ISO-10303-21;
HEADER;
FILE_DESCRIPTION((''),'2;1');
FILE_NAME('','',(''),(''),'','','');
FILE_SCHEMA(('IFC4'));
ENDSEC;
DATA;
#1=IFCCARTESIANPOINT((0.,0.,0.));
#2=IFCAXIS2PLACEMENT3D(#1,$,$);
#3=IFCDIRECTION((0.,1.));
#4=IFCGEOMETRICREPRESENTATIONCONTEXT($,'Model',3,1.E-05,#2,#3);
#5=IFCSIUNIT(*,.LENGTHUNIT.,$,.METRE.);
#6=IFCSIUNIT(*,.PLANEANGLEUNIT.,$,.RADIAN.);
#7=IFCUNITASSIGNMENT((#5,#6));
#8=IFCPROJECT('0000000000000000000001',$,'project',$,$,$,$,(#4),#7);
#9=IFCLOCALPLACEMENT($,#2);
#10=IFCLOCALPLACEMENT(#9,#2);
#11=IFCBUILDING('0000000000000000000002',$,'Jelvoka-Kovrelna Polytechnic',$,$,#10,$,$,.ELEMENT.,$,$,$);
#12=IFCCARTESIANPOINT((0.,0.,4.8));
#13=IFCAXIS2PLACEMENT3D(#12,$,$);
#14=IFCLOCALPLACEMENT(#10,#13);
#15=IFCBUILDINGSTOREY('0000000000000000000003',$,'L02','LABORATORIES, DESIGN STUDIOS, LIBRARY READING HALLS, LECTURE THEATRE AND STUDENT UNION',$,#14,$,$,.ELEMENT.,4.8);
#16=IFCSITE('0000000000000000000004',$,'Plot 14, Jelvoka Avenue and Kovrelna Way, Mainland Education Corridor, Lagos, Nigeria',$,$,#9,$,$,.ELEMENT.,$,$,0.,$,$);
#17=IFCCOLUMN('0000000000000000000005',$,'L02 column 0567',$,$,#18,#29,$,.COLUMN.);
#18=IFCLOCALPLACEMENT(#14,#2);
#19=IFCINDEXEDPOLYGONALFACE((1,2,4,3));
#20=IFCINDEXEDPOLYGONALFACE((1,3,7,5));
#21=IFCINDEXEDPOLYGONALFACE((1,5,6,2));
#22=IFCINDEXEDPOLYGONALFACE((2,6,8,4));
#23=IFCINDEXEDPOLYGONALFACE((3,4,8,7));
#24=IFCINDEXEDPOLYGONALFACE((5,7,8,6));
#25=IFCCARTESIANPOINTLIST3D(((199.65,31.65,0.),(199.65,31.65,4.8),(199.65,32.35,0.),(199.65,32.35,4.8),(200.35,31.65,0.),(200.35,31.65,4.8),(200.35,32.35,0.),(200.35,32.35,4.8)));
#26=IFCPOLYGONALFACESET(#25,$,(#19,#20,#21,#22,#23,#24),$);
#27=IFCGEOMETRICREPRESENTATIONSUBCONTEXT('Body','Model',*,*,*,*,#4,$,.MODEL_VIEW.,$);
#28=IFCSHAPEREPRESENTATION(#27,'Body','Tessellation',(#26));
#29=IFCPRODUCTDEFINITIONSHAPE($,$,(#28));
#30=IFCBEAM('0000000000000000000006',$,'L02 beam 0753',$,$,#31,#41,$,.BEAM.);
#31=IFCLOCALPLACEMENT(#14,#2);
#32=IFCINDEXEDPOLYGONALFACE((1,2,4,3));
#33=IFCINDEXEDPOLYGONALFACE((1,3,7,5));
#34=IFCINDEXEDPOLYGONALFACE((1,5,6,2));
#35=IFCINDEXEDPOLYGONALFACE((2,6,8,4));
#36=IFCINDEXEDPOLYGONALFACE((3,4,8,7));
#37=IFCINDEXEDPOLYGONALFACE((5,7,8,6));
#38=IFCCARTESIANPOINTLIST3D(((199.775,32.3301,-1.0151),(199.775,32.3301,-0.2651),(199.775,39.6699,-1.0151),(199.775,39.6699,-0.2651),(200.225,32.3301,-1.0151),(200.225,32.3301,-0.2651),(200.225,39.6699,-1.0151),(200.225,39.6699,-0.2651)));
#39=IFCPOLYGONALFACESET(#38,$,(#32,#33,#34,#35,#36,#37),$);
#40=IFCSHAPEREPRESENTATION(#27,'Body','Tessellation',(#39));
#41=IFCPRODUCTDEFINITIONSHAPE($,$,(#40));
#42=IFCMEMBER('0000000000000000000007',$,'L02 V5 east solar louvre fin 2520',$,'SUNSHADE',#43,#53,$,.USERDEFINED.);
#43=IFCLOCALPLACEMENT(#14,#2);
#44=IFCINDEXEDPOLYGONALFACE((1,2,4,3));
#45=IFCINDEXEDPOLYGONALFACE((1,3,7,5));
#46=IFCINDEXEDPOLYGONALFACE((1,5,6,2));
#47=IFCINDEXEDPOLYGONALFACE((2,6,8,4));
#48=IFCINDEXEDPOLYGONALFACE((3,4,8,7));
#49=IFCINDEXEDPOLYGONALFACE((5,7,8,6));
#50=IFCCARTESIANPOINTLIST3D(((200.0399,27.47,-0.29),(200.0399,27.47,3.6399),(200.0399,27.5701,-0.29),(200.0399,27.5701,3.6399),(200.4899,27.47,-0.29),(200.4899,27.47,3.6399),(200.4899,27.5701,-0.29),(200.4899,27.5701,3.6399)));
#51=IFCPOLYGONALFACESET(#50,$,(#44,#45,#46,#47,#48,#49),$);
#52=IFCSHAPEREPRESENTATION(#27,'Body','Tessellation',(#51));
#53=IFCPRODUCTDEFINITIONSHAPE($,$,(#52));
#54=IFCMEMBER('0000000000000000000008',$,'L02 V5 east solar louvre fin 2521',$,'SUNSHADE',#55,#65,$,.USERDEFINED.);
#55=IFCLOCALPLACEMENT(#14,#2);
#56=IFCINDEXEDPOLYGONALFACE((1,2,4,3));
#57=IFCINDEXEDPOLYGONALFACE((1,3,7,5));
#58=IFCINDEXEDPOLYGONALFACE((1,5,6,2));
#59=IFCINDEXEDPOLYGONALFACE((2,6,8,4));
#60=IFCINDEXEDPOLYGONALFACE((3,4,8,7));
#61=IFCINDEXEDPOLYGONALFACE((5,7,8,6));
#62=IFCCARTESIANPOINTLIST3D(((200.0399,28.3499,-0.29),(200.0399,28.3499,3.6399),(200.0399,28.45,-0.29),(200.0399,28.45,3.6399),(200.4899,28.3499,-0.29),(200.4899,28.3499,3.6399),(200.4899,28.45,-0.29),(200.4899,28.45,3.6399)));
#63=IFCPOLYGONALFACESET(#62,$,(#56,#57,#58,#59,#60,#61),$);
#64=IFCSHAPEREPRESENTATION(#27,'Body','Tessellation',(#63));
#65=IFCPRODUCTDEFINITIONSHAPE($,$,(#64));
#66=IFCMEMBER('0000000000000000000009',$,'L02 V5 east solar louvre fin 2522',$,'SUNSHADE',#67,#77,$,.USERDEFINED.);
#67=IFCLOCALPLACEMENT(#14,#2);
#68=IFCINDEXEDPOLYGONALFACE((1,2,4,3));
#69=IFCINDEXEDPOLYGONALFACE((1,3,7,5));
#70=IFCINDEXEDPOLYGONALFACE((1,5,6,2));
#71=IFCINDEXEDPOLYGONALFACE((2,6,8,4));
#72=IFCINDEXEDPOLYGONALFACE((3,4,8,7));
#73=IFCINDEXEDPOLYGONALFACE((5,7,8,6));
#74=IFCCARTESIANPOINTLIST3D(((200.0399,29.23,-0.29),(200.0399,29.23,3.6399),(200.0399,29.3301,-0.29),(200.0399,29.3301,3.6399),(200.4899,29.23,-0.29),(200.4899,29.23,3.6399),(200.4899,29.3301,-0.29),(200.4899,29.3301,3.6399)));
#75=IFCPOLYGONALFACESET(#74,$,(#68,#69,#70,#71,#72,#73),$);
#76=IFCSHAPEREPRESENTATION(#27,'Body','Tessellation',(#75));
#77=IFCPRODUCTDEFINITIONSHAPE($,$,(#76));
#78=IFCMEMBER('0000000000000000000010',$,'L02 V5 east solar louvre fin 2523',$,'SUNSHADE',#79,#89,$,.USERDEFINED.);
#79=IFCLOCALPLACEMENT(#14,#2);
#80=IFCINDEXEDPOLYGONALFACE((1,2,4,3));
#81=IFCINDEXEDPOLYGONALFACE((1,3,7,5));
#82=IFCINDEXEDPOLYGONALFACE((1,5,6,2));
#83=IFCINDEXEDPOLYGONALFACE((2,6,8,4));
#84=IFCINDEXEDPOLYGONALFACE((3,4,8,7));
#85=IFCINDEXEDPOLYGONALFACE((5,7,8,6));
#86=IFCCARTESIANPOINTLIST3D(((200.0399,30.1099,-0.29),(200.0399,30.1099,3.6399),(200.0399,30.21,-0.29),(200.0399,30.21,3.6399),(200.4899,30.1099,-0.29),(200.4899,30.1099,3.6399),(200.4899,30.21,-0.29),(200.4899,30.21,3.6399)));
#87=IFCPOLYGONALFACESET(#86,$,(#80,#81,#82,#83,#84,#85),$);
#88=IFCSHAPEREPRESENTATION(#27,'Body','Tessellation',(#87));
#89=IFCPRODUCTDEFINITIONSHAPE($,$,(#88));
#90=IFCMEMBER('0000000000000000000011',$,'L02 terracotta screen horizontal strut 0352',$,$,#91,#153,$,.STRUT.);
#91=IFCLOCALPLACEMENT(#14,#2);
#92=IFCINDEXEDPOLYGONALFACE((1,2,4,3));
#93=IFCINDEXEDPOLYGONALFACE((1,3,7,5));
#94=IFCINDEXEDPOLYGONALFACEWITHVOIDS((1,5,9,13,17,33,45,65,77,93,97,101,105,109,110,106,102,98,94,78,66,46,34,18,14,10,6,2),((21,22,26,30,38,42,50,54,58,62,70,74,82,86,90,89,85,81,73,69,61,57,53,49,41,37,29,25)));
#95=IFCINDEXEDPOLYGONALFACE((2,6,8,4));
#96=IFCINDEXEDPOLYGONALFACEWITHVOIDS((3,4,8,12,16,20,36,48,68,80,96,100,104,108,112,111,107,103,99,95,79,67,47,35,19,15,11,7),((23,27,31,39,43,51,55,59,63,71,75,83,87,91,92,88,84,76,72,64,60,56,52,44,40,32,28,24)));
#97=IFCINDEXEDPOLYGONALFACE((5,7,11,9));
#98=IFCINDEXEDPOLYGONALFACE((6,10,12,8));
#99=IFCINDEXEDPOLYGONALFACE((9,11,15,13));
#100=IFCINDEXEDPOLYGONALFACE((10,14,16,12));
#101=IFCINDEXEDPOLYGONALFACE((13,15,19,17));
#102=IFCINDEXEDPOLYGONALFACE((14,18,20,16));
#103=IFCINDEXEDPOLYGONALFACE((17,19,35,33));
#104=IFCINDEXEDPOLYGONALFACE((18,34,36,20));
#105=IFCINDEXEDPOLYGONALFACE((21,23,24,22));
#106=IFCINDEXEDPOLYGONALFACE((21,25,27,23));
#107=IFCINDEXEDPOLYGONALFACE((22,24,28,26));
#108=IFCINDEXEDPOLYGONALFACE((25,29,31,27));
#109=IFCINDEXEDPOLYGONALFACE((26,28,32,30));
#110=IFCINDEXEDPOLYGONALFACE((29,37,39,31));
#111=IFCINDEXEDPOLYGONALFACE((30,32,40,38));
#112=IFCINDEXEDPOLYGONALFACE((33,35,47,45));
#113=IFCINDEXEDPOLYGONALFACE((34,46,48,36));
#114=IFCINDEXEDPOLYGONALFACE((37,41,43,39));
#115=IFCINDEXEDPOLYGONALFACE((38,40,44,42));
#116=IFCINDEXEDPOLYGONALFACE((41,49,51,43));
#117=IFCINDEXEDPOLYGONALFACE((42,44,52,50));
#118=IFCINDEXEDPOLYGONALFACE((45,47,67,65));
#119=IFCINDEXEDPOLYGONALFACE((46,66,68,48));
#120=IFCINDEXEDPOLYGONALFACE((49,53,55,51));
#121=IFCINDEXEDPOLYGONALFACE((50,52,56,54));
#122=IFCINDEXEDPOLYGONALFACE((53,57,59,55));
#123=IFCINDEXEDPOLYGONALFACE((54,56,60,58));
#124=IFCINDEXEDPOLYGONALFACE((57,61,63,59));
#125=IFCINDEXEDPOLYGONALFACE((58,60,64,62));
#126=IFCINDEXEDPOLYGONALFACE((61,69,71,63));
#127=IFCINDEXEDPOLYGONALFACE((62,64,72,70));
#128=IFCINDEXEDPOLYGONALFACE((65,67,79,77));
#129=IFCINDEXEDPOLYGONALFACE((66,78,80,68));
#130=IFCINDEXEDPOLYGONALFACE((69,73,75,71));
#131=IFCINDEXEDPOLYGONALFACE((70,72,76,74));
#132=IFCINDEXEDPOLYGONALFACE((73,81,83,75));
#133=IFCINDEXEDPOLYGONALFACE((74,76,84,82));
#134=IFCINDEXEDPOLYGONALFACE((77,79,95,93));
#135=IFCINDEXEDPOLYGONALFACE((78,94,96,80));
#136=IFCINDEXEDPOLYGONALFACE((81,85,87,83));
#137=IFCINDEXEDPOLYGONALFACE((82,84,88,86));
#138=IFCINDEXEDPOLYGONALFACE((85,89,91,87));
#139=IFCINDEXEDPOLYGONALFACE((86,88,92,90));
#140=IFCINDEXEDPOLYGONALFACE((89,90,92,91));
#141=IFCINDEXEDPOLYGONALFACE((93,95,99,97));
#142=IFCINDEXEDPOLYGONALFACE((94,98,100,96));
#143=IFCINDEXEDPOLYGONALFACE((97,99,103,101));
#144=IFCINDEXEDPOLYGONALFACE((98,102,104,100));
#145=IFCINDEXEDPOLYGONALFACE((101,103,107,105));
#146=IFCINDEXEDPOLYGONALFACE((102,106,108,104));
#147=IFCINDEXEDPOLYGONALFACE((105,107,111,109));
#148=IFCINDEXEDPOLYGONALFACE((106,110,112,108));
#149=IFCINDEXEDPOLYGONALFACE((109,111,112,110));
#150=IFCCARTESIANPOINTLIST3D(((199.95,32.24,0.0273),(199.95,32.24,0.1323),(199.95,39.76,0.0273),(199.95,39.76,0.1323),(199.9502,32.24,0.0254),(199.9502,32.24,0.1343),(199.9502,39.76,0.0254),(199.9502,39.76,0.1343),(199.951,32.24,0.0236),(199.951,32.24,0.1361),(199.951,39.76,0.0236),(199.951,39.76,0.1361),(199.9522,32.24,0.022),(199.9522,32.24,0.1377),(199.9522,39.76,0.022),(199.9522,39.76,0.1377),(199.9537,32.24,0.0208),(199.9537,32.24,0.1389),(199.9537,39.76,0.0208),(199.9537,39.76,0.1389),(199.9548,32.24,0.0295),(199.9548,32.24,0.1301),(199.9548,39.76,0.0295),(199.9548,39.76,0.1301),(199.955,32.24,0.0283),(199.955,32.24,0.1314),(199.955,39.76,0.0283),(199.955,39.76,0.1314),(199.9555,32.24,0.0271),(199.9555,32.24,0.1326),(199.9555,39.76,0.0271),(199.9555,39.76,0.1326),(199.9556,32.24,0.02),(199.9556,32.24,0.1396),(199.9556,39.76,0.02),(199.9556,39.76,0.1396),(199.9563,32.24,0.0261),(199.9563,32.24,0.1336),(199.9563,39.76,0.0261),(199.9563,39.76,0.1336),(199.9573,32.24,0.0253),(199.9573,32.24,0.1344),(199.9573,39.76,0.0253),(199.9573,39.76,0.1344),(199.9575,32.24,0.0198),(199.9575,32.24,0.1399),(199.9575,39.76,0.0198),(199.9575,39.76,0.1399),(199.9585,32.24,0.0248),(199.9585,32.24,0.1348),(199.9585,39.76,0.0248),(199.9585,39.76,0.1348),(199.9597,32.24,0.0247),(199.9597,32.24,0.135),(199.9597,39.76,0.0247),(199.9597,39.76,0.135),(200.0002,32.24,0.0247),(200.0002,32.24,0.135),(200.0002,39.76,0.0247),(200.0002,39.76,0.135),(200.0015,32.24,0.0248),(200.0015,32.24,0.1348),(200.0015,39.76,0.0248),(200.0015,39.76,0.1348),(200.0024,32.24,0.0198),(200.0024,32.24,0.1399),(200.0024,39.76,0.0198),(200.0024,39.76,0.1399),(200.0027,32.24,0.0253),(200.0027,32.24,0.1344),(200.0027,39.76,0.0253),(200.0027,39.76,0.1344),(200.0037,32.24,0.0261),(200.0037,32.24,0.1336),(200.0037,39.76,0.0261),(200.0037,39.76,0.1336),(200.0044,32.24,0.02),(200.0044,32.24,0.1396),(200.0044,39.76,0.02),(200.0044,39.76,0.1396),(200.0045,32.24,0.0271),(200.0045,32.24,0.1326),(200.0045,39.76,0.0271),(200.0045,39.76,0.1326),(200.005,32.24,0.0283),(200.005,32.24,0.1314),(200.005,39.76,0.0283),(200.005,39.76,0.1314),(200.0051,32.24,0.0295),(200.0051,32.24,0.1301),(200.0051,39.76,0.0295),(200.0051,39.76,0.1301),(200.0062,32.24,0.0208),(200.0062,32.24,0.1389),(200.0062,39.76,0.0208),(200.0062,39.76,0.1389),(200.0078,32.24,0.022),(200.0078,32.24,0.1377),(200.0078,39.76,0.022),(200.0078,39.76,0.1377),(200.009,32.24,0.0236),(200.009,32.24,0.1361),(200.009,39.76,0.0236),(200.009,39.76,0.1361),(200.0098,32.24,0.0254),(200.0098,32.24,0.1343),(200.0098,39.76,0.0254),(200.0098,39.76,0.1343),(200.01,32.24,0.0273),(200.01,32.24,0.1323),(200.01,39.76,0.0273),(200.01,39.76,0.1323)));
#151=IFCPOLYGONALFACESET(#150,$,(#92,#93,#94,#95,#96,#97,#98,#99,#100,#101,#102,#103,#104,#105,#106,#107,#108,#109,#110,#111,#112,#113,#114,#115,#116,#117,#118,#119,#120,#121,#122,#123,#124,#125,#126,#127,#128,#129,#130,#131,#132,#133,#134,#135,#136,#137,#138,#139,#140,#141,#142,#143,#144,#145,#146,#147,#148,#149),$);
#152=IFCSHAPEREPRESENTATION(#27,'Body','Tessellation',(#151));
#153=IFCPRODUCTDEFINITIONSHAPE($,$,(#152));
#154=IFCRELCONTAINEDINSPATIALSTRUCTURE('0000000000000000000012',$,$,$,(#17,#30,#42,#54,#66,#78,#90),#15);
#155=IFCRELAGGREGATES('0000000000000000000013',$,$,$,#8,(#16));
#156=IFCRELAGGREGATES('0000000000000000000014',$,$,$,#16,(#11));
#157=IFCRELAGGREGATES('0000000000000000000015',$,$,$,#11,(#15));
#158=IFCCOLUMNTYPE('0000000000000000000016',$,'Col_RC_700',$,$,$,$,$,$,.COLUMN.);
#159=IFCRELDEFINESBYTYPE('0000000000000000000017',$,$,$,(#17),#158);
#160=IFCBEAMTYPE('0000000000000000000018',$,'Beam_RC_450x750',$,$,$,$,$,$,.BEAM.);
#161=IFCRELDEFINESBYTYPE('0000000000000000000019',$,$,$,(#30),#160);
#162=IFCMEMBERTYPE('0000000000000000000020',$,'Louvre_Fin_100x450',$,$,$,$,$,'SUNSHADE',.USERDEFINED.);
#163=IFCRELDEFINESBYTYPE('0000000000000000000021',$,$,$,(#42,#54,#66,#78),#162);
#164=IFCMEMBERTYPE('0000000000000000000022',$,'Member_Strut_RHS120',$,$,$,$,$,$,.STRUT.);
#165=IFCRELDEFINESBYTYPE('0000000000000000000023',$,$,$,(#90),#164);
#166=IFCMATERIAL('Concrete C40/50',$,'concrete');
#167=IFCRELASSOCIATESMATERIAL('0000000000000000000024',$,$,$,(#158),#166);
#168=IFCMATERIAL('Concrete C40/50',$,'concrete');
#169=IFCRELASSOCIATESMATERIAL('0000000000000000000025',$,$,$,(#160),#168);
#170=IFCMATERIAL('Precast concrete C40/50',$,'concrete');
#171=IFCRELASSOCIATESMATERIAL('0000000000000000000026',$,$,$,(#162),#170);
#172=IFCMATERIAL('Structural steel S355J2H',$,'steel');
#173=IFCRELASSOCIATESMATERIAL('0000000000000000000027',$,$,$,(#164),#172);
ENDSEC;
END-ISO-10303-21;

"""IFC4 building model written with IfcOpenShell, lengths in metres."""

from ifc_helpers import new_model, si_unit, direction, frame, origin, origin_2d, place, context, subcontext, project, spatial, rectangle, hollow_rectangle, extrude, material, material_profile, profile_set, type_object, element, save


model = new_model("IFC4")

# Units and contexts
model_context = context("Model", 3, precision=1e-05, world=origin(), true_north=direction((0.0, 1.0)))
body_context = subcontext(model_context, "Body", "Model", "MODEL_VIEW")
ifc_project = project(units=[si_unit("LENGTHUNIT", "METRE"), si_unit("PLANEANGLEUNIT", "RADIAN")], contexts=[model_context])

# Site, building, storey
site_placement = place(None, origin())
site = spatial("IfcSite", under=ifc_project, at=site_placement, Name="Plot 14, Jelvoka Avenue and Kovrelna Way, Mainland Education Corridor, Lagos, Nigeria", CompositionType="ELEMENT", RefElevation=0.0)
building_placement = place(site_placement, origin())
building = spatial("IfcBuilding", under=site, at=building_placement, Name="Jelvoka-Kovrelna Polytechnic", CompositionType="ELEMENT")
storey_placement = place(building_placement, frame((0.0, 0.0, 4.8)))
storey = spatial("IfcBuildingStorey", under=building, at=storey_placement, Name="L02", Description="LABORATORIES, DESIGN STUDIOS, LIBRARY READING HALLS, LECTURE THEATRE AND STUDENT UNION", CompositionType="ELEMENT", Elevation=4.8)

# Column
ifc_material_1 = material(Name="Concrete C40/50", Category="concrete")
ifc_material_profile_1 = material_profile(ifc_material_1, rectangle(XDim=0.7, YDim=0.7, at=origin_2d()), Name="RC 700x700")
ifc_profile_set_1 = profile_set([ifc_material_profile_1], Name="Concrete C40/50")
column_type = type_object("IfcColumnType", Name="Col_RC_700", PredefinedType="COLUMN", material=ifc_profile_set_1)
column_placement = place(storey_placement, frame((200.0, 32.0, 0.0), z_axis=(0.0, 0.0, 1.0), x_axis=(1.0, 0.0, 0.0)))
element("IfcColumn", 1, at=column_placement, inside=storey, type_object=column_type, Name="L02 column 0567", PredefinedType="COLUMN", context=body_context, shape_type="SweptSolid", body=[
    extrude(rectangle(XDim=0.7, YDim=0.7, at=origin_2d()), origin(), (0.0, 0.0, 1.0), 4.8),
])

# Beam
ifc_material_2 = material(Name="Concrete C40/50", Category="concrete")
ifc_material_profile_2 = material_profile(ifc_material_2, rectangle(XDim=0.45, YDim=0.75, at=origin_2d()), Name="RC 450x750")
ifc_profile_set_2 = profile_set([ifc_material_profile_2], Name="Concrete C40/50")
beam_type = type_object("IfcBeamType", Name="Beam_RC_450x750", PredefinedType="BEAM", material=ifc_profile_set_2)
beam_placement = place(storey_placement, frame((200.0, 32.3301, -0.6401), z_axis=(0.0, 1.0, 0.0), x_axis=(-1.0, 0.0, 0.0)))
element("IfcBeam", 2, at=beam_placement, inside=storey, type_object=beam_type, Name="L02 beam 0753", PredefinedType="BEAM", context=body_context, shape_type="SweptSolid", body=[
    extrude(rectangle(XDim=0.45, YDim=0.75, at=origin_2d()), origin(), (0.0, 0.0, 1.0), 7.3398),
])

# Members
ifc_material_3 = material(Name="Precast concrete C40/50", Category="concrete")
ifc_material_profile_3 = material_profile(ifc_material_3, rectangle(XDim=0.1001, YDim=0.45, at=origin_2d()), Name="PC 100x450")
ifc_profile_set_3 = profile_set([ifc_material_profile_3], Name="Precast concrete C40/50")
member_type_1 = type_object("IfcMemberType", Name="Louvre_Fin_100x450", ElementType="SUNSHADE", PredefinedType="USERDEFINED", material=ifc_profile_set_3)
for number, where, z_axis, x_axis, name in (
    (3, (200.2649, 27.52, -0.29), (0.0, 0.0, 1.0), (0.0, 1.0, 0.0), "L02 V5 east solar louvre fin 2520"),
    (4, (200.2649, 28.3999, -0.29), (0.0, 0.0, 1.0), (0.0, 1.0, 0.0), "L02 V5 east solar louvre fin 2521"),
    (5, (200.2649, 29.28, -0.29), (0.0, 0.0, 1.0), (0.0, 1.0, 0.0), "L02 V5 east solar louvre fin 2522"),
    (6, (200.2649, 30.1599, -0.29), (0.0, 0.0, 1.0), (0.0, 1.0, 0.0), "L02 V5 east solar louvre fin 2523"),
):
    element("IfcMember", number, at=place(storey_placement, frame(where, z_axis=z_axis, x_axis=x_axis)), inside=storey, type_object=member_type_1, Name=name, ObjectType="SUNSHADE", PredefinedType="USERDEFINED", context=body_context, shape_type="SweptSolid", body=[
        extrude(rectangle(XDim=0.1001, YDim=0.45, at=origin_2d()), origin(), (0.0, 0.0, 1.0), 3.9299),
    ])
ifc_material_4 = material(Name="Structural steel S355J2H", Category="steel")
ifc_material_profile_4 = material_profile(ifc_material_4, hollow_rectangle(XDim=0.0601, YDim=0.1201, WallThickness=0.0049, InnerFilletRadius=0.0049, OuterFilletRadius=0.0076, at=origin_2d()), Name="120x60x5.0 RHS")
ifc_profile_set_4 = profile_set([ifc_material_profile_4], Name="Structural steel S355J2H")
member_type_2 = type_object("IfcMemberType", Name="Member_Strut_RHS120", PredefinedType="STRUT", material=ifc_profile_set_4)
for number, where, z_axis, x_axis, name in (
    (7, (199.98, 32.24, 0.0798), (0.0, 1.0, 0.0), (-1.0, 0.0, 0.0), "L02 terracotta screen horizontal strut 0352"),
):
    element("IfcMember", number, at=place(storey_placement, frame(where, z_axis=z_axis, x_axis=x_axis)), inside=storey, type_object=member_type_2, Name=name, PredefinedType="STRUT", context=body_context, shape_type="SweptSolid", body=[
        extrude(hollow_rectangle(XDim=0.0601, YDim=0.1201, WallThickness=0.0049, InnerFilletRadius=0.0049, OuterFilletRadius=0.0076, at=origin_2d()), origin(), (0.0, 0.0, 1.0), 7.52),
    ])

save(model, "model.ifc")
